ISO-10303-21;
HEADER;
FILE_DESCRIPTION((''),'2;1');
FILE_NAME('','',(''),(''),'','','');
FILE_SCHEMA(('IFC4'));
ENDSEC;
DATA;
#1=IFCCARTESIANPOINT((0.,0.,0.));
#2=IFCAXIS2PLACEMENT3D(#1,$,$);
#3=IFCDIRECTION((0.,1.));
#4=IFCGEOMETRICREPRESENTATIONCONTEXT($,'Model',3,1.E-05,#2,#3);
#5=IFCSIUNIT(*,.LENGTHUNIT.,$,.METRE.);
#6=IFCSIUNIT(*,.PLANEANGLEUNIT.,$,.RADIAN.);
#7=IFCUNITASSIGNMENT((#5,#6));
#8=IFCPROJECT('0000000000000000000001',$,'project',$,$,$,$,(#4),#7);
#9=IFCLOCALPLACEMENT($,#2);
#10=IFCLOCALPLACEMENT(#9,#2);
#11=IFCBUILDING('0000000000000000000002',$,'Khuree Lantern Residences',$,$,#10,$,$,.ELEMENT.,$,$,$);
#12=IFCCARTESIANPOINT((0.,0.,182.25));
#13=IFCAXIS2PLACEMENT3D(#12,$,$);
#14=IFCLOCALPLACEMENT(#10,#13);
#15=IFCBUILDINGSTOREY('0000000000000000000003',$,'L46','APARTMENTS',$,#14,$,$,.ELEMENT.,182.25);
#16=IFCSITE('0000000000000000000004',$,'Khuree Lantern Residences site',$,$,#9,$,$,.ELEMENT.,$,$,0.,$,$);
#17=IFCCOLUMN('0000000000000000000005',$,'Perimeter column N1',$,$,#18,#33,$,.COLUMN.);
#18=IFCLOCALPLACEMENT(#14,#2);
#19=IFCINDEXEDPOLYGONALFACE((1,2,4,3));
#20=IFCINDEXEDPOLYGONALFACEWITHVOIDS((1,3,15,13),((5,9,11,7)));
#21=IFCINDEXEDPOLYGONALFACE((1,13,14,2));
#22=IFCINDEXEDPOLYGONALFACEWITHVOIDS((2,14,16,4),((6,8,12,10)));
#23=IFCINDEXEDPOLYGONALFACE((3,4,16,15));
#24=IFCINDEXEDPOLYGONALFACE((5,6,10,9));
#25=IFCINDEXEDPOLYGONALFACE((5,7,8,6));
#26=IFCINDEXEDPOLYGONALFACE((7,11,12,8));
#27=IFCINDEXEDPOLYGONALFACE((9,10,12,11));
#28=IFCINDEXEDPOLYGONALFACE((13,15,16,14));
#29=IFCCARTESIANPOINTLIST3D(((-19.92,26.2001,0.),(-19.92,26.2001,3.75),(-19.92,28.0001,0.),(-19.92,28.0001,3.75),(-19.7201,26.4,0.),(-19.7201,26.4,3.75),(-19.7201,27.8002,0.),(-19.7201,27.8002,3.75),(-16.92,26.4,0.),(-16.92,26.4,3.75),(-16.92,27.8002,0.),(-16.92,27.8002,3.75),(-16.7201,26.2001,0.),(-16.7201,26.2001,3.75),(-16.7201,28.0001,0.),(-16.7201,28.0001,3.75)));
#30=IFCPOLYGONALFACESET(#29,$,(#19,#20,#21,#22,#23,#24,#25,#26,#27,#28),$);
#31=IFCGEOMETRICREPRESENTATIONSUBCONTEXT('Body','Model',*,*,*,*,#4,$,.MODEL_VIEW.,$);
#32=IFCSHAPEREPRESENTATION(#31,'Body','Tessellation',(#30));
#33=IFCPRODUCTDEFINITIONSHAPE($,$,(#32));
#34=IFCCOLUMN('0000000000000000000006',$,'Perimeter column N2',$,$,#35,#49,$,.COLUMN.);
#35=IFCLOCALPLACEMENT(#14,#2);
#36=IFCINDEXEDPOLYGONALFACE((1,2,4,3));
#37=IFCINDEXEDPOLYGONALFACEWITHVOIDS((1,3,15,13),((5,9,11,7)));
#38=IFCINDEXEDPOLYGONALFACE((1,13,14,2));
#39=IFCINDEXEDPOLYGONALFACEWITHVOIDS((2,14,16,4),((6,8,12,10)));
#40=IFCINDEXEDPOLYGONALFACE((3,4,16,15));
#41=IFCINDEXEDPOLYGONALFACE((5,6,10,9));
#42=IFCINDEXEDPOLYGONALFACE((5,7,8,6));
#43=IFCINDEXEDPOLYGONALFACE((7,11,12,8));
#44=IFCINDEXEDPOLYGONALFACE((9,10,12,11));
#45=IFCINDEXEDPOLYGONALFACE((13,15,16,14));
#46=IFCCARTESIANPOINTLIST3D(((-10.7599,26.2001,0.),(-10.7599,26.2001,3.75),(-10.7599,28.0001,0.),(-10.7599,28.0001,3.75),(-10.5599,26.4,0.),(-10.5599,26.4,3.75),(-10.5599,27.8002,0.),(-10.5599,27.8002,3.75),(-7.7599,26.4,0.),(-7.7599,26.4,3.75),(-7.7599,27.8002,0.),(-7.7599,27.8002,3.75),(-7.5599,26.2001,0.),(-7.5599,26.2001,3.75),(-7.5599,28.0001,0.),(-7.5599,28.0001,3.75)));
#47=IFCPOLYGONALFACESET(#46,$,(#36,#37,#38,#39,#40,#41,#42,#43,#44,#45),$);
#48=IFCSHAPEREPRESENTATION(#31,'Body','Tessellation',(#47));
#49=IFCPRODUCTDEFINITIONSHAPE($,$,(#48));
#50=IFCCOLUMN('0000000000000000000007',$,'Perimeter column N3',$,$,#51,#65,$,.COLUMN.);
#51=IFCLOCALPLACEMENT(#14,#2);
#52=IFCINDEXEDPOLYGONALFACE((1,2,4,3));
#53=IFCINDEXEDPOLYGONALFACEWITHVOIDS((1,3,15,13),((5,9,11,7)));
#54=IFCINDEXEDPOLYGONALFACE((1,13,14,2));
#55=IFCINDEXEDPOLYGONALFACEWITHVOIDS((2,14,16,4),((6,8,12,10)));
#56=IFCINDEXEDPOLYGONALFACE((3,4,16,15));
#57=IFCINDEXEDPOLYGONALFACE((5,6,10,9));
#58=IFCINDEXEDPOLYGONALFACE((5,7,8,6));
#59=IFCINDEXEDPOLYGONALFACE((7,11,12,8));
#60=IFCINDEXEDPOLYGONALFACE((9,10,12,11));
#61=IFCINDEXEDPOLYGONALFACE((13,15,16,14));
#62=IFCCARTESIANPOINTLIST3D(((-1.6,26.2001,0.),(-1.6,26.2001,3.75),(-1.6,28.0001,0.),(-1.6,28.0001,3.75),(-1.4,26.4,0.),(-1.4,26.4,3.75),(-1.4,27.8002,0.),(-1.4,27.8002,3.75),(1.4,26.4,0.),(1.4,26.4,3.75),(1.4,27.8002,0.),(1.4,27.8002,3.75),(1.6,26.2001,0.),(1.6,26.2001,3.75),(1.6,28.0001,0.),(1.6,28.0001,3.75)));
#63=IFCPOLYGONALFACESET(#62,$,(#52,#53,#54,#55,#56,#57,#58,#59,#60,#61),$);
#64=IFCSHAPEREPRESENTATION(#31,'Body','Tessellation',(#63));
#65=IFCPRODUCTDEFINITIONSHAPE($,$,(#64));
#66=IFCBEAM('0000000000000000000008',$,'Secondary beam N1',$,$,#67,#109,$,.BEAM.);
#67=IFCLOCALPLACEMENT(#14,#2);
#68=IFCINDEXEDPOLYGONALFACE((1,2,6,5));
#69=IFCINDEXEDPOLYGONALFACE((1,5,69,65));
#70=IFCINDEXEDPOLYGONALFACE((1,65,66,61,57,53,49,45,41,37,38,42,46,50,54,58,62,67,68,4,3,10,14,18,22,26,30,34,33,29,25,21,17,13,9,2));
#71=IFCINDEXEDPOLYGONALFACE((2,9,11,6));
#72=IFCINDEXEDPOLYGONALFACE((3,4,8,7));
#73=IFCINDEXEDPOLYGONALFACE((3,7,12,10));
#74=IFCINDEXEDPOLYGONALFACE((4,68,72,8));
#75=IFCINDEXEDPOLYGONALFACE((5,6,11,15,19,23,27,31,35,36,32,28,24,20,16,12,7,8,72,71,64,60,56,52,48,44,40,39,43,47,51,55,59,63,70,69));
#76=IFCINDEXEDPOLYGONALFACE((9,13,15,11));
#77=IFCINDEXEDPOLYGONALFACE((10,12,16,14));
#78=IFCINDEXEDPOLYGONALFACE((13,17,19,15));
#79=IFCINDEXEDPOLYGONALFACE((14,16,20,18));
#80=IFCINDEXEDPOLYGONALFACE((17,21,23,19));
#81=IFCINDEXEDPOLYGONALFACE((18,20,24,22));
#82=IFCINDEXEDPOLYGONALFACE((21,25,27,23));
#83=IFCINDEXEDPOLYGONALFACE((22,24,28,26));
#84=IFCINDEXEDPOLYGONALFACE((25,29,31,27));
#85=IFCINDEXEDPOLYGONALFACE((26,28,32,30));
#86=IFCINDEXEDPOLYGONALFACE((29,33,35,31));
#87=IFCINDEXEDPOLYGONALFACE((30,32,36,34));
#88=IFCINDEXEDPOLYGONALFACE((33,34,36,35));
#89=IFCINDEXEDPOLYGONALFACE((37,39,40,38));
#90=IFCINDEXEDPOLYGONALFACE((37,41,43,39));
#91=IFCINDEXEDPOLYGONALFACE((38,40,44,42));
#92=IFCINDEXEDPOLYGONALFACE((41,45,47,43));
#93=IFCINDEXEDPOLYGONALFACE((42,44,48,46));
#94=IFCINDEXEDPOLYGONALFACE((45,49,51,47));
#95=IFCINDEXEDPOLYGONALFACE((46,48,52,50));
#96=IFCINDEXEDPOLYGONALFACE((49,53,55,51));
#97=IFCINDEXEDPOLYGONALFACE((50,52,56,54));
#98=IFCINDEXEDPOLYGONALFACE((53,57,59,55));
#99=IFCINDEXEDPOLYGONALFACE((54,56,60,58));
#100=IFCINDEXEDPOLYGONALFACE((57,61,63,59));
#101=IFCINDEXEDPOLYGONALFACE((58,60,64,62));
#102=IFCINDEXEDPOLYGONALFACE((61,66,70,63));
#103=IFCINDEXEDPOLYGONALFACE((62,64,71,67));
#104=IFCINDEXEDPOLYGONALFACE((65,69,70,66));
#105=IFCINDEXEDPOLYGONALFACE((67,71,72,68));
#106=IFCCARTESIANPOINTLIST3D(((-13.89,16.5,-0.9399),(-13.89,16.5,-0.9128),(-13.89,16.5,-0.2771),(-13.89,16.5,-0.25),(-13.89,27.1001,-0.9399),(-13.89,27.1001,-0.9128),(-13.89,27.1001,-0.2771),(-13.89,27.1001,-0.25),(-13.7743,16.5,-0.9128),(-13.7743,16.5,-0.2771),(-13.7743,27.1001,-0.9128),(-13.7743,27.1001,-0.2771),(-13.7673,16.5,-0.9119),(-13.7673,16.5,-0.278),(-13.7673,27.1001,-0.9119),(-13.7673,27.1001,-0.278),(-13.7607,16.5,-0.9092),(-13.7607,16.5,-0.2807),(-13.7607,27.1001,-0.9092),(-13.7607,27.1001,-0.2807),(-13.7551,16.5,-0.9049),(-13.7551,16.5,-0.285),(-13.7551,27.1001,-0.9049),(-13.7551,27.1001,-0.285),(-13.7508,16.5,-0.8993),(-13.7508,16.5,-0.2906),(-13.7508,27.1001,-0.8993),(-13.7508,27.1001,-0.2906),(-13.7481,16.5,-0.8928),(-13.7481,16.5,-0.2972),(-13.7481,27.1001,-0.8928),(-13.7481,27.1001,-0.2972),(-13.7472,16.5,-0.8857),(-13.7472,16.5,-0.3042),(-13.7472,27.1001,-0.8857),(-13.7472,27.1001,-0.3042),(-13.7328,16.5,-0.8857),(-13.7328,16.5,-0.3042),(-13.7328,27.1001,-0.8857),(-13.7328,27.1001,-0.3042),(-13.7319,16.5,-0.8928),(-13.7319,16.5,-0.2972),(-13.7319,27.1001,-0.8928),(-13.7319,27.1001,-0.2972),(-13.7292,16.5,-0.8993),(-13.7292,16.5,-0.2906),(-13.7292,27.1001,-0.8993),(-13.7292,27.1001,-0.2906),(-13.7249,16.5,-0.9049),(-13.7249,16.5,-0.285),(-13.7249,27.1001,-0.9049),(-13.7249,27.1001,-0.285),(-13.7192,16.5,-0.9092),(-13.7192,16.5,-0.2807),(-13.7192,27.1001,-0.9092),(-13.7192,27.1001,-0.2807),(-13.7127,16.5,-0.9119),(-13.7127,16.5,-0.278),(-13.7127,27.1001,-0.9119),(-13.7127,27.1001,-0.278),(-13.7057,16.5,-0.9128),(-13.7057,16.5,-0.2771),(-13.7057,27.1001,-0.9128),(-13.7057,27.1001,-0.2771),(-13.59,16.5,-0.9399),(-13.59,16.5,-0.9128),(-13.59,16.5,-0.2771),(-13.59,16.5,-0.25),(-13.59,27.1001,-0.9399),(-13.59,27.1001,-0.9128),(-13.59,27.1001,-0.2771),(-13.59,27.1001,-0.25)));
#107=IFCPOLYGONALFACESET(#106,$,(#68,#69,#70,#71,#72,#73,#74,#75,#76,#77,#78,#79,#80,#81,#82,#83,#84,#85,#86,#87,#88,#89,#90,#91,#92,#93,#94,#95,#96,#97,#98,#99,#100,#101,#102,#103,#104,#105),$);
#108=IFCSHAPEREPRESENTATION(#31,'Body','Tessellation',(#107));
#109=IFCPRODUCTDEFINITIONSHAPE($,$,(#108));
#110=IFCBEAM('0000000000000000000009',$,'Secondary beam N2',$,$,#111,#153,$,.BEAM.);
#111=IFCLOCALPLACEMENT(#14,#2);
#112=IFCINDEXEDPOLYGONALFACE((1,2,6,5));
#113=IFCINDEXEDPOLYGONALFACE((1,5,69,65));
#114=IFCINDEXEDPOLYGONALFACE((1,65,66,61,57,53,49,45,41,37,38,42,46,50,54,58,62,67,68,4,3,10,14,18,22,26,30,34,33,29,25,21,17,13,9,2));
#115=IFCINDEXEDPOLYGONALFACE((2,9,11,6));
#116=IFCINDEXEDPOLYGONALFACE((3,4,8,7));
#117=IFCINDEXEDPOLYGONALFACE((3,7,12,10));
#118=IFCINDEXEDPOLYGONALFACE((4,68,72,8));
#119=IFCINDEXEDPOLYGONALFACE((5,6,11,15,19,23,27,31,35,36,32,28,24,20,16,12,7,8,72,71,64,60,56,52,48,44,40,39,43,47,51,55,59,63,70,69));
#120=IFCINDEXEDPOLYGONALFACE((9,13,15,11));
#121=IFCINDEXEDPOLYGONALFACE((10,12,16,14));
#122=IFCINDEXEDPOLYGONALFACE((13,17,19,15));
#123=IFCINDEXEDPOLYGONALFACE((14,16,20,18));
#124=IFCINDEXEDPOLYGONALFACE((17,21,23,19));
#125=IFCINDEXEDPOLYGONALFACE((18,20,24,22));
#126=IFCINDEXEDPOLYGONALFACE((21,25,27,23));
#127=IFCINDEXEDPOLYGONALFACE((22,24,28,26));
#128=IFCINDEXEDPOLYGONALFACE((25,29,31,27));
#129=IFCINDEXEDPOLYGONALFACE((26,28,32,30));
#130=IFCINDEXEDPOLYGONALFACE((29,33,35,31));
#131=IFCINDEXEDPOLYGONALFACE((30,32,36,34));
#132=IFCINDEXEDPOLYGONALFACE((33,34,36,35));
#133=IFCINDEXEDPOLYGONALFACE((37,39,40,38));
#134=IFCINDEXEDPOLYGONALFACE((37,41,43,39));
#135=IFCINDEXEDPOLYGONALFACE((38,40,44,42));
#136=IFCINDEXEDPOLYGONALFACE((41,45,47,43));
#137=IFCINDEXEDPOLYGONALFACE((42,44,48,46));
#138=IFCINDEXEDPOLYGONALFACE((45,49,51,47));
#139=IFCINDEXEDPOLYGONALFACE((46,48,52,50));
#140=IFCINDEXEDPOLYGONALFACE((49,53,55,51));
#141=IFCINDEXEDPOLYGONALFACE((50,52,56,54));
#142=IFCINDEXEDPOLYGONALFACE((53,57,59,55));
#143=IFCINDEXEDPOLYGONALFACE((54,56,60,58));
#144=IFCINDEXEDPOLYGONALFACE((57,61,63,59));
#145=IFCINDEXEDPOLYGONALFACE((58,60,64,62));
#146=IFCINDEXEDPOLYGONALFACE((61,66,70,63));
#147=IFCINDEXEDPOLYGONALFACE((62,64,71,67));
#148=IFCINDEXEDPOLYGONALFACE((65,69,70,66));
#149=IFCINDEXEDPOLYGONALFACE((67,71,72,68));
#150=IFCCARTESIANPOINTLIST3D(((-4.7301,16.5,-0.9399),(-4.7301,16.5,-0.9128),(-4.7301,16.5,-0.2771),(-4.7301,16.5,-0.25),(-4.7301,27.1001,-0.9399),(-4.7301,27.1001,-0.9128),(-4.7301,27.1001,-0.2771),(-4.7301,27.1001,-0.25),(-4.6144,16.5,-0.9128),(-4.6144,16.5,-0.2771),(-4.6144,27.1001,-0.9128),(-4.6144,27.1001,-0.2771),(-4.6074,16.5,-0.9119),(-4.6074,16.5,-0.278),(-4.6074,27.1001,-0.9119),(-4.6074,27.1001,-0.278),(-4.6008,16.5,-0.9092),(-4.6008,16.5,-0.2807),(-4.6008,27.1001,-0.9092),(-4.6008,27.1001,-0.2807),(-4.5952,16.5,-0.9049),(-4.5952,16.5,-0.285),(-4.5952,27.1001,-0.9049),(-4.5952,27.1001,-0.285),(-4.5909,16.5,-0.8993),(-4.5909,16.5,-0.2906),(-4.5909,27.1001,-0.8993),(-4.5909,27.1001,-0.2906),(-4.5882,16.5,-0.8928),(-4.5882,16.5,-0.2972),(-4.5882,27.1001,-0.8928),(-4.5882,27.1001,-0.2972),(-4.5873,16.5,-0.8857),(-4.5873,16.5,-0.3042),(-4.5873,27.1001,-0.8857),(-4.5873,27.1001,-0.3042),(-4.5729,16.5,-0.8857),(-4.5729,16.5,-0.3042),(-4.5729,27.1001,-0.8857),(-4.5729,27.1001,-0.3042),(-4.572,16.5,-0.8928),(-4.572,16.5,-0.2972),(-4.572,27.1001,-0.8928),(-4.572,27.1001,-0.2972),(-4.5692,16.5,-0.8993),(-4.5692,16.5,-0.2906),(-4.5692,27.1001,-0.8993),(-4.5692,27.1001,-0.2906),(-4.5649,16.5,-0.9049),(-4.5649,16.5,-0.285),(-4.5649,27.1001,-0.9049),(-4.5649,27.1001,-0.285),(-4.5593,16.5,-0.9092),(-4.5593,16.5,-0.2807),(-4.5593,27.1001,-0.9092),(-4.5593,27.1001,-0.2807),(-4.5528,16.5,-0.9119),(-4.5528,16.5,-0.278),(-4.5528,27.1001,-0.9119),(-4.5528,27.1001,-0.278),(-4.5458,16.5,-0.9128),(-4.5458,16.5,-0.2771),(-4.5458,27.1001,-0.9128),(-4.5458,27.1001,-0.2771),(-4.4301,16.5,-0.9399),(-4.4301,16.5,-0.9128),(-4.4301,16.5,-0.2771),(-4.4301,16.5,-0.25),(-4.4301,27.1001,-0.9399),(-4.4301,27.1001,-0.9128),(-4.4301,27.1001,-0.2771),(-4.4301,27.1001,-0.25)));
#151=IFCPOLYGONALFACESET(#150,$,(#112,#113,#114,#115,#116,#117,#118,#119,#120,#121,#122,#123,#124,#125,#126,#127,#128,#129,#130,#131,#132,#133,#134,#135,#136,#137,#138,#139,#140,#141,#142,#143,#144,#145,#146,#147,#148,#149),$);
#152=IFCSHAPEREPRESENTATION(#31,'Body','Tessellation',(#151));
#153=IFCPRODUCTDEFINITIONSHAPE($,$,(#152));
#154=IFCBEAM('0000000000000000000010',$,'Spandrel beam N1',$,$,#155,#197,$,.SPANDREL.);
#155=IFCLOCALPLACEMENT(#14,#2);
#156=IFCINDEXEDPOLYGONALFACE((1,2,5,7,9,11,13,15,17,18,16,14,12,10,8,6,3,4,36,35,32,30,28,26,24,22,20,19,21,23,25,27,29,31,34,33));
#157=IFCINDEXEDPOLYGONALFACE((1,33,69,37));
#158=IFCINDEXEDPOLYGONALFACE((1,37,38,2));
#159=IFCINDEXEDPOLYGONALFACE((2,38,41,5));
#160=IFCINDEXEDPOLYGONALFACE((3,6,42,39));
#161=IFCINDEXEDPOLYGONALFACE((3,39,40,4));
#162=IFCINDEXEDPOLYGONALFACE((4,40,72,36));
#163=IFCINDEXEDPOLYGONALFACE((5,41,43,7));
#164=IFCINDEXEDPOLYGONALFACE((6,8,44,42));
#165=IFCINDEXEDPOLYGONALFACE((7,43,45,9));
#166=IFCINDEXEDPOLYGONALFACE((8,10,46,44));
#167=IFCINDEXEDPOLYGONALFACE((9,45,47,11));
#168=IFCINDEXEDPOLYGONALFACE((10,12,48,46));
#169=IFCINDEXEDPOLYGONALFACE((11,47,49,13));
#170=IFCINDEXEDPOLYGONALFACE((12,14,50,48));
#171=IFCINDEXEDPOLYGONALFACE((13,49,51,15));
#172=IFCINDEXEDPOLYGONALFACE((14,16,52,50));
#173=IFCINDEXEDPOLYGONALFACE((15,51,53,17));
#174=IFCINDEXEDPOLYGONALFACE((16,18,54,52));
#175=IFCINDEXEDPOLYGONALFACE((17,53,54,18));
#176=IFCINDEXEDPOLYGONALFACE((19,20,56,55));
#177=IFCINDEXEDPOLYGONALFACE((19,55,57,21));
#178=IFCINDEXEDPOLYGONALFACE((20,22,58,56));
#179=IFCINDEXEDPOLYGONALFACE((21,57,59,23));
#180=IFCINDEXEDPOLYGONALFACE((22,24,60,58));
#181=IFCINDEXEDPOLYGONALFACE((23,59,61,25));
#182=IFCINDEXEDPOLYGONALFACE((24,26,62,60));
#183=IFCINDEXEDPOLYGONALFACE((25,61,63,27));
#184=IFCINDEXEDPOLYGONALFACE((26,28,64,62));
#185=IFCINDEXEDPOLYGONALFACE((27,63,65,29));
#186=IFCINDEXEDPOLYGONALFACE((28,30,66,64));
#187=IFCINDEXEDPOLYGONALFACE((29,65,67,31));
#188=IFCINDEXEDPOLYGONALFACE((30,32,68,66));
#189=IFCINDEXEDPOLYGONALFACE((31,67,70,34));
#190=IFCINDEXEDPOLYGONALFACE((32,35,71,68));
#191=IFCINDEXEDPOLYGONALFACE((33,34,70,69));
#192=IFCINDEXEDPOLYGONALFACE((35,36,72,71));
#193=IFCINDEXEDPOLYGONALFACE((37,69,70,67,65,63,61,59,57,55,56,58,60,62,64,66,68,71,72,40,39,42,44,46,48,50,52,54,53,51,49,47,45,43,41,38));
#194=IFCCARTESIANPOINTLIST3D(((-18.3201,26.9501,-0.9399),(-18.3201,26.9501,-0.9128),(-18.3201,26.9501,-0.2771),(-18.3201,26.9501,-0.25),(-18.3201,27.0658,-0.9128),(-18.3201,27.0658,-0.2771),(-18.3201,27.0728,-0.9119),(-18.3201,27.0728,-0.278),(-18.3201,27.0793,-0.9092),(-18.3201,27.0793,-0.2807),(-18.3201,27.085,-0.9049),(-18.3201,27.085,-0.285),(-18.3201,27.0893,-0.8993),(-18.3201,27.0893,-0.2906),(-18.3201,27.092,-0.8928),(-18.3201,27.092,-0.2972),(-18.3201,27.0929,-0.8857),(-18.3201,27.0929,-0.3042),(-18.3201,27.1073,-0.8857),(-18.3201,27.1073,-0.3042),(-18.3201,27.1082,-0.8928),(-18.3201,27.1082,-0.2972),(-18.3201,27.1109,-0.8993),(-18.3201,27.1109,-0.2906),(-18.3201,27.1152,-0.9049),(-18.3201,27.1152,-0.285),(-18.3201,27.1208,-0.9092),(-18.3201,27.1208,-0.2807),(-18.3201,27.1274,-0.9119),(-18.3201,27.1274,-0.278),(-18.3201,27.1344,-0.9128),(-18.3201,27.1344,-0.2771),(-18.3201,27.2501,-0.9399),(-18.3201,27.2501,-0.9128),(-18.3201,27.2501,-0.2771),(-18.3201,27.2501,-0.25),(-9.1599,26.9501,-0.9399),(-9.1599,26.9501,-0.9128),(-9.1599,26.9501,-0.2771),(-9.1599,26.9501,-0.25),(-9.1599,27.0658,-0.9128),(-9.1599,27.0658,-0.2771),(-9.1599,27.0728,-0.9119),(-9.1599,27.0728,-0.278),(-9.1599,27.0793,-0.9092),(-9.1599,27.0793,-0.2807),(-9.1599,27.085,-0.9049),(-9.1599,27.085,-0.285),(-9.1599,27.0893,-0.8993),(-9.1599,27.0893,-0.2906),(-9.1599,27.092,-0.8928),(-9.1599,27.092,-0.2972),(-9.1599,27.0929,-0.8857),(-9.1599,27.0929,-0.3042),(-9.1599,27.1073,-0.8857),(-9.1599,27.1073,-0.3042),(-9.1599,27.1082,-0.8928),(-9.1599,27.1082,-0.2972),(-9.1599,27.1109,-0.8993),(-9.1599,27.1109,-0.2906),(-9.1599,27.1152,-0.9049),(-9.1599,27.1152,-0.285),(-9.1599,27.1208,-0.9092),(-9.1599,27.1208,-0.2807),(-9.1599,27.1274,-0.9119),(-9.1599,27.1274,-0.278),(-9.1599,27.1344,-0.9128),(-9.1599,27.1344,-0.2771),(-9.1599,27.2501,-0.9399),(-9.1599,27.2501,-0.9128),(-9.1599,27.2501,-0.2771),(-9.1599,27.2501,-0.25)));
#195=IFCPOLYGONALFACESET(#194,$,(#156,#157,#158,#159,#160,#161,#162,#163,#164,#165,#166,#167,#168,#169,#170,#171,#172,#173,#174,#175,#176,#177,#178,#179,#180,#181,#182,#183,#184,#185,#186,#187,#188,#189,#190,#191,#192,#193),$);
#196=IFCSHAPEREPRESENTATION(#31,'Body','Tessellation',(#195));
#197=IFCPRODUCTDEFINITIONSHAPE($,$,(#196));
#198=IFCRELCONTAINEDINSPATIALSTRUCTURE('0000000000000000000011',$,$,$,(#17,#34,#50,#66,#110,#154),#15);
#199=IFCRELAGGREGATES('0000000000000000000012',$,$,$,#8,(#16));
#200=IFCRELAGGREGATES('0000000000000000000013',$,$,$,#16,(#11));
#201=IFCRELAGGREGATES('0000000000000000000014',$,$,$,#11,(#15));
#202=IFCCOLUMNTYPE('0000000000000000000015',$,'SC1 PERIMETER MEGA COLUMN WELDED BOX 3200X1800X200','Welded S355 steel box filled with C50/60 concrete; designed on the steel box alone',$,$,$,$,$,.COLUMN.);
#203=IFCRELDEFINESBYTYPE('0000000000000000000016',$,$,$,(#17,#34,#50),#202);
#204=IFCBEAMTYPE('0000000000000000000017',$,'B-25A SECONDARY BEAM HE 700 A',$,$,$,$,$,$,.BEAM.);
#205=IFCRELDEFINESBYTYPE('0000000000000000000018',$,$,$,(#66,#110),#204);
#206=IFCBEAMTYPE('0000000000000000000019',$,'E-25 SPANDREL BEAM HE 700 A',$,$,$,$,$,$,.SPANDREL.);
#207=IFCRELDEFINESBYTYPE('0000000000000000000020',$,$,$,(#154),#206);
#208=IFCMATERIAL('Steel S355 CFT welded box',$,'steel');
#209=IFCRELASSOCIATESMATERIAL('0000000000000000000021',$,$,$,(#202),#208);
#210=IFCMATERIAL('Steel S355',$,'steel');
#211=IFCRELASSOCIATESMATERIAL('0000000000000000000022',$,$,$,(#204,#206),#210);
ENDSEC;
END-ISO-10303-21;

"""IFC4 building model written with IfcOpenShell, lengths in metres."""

from ifc_helpers import new_model, si_unit, direction, frame, origin, origin_2d, place, context, subcontext, project, spatial, hollow_rectangle, i_section, extrude, material, material_profile, profile_set, type_object, element, save


model = new_model("IFC4")

# Units and contexts
model_context = context("Model", 3, precision=1e-05, world=origin(), true_north=direction((0.0, 1.0)))
body_context = subcontext(model_context, "Body", "Model", "MODEL_VIEW")
ifc_project = project(units=[si_unit("LENGTHUNIT", "METRE"), si_unit("PLANEANGLEUNIT", "RADIAN")], contexts=[model_context])

# Site, building, storey
site_placement = place(None, origin())
site = spatial("IfcSite", under=ifc_project, at=site_placement, Name="Khuree Lantern Residences site", CompositionType="ELEMENT", RefElevation=0.0)
building_placement = place(site_placement, origin())
building = spatial("IfcBuilding", under=site, at=building_placement, Name="Khuree Lantern Residences", CompositionType="ELEMENT")
storey_placement = place(building_placement, frame((0.0, 0.0, 182.25)))
storey = spatial("IfcBuildingStorey", under=building, at=storey_placement, Name="L46", Description="APARTMENTS", CompositionType="ELEMENT", Elevation=182.25)

# Columns
ifc_material_1 = material(Name="Steel S355 CFT welded box", Category="steel")
ifc_material_profile_1 = material_profile(ifc_material_1, hollow_rectangle(XDim=3.2, YDim=1.8, WallThickness=0.2, at=origin_2d()), Name="WELDED BOX 3200X1800X200")
ifc_profile_set_1 = profile_set([ifc_material_profile_1], Name="Steel S355 CFT welded box")
column_type = type_object("IfcColumnType", Name="SC1 PERIMETER MEGA COLUMN WELDED BOX 3200X1800X200", Description="Welded S355 steel box filled with C50/60 concrete; designed on the steel box alone", PredefinedType="COLUMN", material=ifc_profile_set_1)
for number, where, z_axis, x_axis, name in (
    (1, (-18.3201, 27.1001, 0.0), (0.0, 0.0, 1.0), (1.0, 0.0, 0.0), "Perimeter column N1"),
    (2, (-9.1599, 27.1001, 0.0), (0.0, 0.0, 1.0), (1.0, 0.0, 0.0), "Perimeter column N2"),
    (3, (0.0, 27.1001, 0.0), (0.0, 0.0, 1.0), (1.0, 0.0, 0.0), "Perimeter column N3"),
):
    element("IfcColumn", number, at=place(storey_placement, frame(where, z_axis=z_axis, x_axis=x_axis)), inside=storey, type_object=column_type, Name=name, PredefinedType="COLUMN", context=body_context, shape_type="SweptSolid", body=[
        extrude(hollow_rectangle(XDim=3.2, YDim=1.8, WallThickness=0.2, at=origin_2d()), origin(), (0.0, 0.0, 1.0), 3.75),
    ])

# Beams
ifc_material_2 = material(Name="Steel S355", Category="steel")
ifc_material_profile_2 = material_profile(ifc_material_2, i_section(OverallWidth=0.3, OverallDepth=0.6899, WebThickness=0.0144, FlangeThickness=0.0271, FilletRadius=0.0271, at=origin_2d()), Name="HE 700 A")
ifc_profile_set_2 = profile_set([ifc_material_profile_2], Name="Steel S355")
beam_type_1 = type_object("IfcBeamType", Name="B-25A SECONDARY BEAM HE 700 A", PredefinedType="BEAM", material=ifc_profile_set_2)
for number, where, z_axis, x_axis, name in (
    (4, (-13.74, 27.1001, -0.595), (0.0, -1.0, 0.0), (1.0, 0.0, 0.0), "Secondary beam N1"),
    (5, (-4.5801, 27.1001, -0.595), (0.0, -1.0, 0.0), (1.0, 0.0, 0.0), "Secondary beam N2"),
):
    element("IfcBeam", number, at=place(storey_placement, frame(where, z_axis=z_axis, x_axis=x_axis)), inside=storey, type_object=beam_type_1, Name=name, PredefinedType="BEAM", context=body_context, shape_type="SweptSolid", body=[
        extrude(i_section(OverallWidth=0.3, OverallDepth=0.6899, WebThickness=0.0144, FlangeThickness=0.0271, FilletRadius=0.0271, at=origin_2d()), origin(), (0.0, 0.0, 1.0), 10.6001),
    ])
ifc_material_profile_3 = material_profile(ifc_material_2, i_section(OverallWidth=0.3, OverallDepth=0.6899, WebThickness=0.0144, FlangeThickness=0.0271, FilletRadius=0.0271, at=origin_2d()), Name="HE 700 A")
ifc_profile_set_3 = profile_set([ifc_material_profile_3], Name="Steel S355")
beam_type_2 = type_object("IfcBeamType", Name="E-25 SPANDREL BEAM HE 700 A", PredefinedType="SPANDREL", material=ifc_profile_set_3)
beam_1_placement = place(storey_placement, frame((-18.3201, 27.1001, -0.595), z_axis=(1.0, 0.0, 0.0), x_axis=(0.0, 1.0, 0.0)))
element("IfcBeam", 6, at=beam_1_placement, inside=storey, type_object=beam_type_2, Name="Spandrel beam N1", PredefinedType="SPANDREL", context=body_context, shape_type="SweptSolid", body=[
    extrude(i_section(OverallWidth=0.3, OverallDepth=0.6899, WebThickness=0.0144, FlangeThickness=0.0271, FilletRadius=0.0271, at=origin_2d()), origin(), (0.0, 0.0, 1.0), 9.1602),
])

save(model, "model.ifc")
